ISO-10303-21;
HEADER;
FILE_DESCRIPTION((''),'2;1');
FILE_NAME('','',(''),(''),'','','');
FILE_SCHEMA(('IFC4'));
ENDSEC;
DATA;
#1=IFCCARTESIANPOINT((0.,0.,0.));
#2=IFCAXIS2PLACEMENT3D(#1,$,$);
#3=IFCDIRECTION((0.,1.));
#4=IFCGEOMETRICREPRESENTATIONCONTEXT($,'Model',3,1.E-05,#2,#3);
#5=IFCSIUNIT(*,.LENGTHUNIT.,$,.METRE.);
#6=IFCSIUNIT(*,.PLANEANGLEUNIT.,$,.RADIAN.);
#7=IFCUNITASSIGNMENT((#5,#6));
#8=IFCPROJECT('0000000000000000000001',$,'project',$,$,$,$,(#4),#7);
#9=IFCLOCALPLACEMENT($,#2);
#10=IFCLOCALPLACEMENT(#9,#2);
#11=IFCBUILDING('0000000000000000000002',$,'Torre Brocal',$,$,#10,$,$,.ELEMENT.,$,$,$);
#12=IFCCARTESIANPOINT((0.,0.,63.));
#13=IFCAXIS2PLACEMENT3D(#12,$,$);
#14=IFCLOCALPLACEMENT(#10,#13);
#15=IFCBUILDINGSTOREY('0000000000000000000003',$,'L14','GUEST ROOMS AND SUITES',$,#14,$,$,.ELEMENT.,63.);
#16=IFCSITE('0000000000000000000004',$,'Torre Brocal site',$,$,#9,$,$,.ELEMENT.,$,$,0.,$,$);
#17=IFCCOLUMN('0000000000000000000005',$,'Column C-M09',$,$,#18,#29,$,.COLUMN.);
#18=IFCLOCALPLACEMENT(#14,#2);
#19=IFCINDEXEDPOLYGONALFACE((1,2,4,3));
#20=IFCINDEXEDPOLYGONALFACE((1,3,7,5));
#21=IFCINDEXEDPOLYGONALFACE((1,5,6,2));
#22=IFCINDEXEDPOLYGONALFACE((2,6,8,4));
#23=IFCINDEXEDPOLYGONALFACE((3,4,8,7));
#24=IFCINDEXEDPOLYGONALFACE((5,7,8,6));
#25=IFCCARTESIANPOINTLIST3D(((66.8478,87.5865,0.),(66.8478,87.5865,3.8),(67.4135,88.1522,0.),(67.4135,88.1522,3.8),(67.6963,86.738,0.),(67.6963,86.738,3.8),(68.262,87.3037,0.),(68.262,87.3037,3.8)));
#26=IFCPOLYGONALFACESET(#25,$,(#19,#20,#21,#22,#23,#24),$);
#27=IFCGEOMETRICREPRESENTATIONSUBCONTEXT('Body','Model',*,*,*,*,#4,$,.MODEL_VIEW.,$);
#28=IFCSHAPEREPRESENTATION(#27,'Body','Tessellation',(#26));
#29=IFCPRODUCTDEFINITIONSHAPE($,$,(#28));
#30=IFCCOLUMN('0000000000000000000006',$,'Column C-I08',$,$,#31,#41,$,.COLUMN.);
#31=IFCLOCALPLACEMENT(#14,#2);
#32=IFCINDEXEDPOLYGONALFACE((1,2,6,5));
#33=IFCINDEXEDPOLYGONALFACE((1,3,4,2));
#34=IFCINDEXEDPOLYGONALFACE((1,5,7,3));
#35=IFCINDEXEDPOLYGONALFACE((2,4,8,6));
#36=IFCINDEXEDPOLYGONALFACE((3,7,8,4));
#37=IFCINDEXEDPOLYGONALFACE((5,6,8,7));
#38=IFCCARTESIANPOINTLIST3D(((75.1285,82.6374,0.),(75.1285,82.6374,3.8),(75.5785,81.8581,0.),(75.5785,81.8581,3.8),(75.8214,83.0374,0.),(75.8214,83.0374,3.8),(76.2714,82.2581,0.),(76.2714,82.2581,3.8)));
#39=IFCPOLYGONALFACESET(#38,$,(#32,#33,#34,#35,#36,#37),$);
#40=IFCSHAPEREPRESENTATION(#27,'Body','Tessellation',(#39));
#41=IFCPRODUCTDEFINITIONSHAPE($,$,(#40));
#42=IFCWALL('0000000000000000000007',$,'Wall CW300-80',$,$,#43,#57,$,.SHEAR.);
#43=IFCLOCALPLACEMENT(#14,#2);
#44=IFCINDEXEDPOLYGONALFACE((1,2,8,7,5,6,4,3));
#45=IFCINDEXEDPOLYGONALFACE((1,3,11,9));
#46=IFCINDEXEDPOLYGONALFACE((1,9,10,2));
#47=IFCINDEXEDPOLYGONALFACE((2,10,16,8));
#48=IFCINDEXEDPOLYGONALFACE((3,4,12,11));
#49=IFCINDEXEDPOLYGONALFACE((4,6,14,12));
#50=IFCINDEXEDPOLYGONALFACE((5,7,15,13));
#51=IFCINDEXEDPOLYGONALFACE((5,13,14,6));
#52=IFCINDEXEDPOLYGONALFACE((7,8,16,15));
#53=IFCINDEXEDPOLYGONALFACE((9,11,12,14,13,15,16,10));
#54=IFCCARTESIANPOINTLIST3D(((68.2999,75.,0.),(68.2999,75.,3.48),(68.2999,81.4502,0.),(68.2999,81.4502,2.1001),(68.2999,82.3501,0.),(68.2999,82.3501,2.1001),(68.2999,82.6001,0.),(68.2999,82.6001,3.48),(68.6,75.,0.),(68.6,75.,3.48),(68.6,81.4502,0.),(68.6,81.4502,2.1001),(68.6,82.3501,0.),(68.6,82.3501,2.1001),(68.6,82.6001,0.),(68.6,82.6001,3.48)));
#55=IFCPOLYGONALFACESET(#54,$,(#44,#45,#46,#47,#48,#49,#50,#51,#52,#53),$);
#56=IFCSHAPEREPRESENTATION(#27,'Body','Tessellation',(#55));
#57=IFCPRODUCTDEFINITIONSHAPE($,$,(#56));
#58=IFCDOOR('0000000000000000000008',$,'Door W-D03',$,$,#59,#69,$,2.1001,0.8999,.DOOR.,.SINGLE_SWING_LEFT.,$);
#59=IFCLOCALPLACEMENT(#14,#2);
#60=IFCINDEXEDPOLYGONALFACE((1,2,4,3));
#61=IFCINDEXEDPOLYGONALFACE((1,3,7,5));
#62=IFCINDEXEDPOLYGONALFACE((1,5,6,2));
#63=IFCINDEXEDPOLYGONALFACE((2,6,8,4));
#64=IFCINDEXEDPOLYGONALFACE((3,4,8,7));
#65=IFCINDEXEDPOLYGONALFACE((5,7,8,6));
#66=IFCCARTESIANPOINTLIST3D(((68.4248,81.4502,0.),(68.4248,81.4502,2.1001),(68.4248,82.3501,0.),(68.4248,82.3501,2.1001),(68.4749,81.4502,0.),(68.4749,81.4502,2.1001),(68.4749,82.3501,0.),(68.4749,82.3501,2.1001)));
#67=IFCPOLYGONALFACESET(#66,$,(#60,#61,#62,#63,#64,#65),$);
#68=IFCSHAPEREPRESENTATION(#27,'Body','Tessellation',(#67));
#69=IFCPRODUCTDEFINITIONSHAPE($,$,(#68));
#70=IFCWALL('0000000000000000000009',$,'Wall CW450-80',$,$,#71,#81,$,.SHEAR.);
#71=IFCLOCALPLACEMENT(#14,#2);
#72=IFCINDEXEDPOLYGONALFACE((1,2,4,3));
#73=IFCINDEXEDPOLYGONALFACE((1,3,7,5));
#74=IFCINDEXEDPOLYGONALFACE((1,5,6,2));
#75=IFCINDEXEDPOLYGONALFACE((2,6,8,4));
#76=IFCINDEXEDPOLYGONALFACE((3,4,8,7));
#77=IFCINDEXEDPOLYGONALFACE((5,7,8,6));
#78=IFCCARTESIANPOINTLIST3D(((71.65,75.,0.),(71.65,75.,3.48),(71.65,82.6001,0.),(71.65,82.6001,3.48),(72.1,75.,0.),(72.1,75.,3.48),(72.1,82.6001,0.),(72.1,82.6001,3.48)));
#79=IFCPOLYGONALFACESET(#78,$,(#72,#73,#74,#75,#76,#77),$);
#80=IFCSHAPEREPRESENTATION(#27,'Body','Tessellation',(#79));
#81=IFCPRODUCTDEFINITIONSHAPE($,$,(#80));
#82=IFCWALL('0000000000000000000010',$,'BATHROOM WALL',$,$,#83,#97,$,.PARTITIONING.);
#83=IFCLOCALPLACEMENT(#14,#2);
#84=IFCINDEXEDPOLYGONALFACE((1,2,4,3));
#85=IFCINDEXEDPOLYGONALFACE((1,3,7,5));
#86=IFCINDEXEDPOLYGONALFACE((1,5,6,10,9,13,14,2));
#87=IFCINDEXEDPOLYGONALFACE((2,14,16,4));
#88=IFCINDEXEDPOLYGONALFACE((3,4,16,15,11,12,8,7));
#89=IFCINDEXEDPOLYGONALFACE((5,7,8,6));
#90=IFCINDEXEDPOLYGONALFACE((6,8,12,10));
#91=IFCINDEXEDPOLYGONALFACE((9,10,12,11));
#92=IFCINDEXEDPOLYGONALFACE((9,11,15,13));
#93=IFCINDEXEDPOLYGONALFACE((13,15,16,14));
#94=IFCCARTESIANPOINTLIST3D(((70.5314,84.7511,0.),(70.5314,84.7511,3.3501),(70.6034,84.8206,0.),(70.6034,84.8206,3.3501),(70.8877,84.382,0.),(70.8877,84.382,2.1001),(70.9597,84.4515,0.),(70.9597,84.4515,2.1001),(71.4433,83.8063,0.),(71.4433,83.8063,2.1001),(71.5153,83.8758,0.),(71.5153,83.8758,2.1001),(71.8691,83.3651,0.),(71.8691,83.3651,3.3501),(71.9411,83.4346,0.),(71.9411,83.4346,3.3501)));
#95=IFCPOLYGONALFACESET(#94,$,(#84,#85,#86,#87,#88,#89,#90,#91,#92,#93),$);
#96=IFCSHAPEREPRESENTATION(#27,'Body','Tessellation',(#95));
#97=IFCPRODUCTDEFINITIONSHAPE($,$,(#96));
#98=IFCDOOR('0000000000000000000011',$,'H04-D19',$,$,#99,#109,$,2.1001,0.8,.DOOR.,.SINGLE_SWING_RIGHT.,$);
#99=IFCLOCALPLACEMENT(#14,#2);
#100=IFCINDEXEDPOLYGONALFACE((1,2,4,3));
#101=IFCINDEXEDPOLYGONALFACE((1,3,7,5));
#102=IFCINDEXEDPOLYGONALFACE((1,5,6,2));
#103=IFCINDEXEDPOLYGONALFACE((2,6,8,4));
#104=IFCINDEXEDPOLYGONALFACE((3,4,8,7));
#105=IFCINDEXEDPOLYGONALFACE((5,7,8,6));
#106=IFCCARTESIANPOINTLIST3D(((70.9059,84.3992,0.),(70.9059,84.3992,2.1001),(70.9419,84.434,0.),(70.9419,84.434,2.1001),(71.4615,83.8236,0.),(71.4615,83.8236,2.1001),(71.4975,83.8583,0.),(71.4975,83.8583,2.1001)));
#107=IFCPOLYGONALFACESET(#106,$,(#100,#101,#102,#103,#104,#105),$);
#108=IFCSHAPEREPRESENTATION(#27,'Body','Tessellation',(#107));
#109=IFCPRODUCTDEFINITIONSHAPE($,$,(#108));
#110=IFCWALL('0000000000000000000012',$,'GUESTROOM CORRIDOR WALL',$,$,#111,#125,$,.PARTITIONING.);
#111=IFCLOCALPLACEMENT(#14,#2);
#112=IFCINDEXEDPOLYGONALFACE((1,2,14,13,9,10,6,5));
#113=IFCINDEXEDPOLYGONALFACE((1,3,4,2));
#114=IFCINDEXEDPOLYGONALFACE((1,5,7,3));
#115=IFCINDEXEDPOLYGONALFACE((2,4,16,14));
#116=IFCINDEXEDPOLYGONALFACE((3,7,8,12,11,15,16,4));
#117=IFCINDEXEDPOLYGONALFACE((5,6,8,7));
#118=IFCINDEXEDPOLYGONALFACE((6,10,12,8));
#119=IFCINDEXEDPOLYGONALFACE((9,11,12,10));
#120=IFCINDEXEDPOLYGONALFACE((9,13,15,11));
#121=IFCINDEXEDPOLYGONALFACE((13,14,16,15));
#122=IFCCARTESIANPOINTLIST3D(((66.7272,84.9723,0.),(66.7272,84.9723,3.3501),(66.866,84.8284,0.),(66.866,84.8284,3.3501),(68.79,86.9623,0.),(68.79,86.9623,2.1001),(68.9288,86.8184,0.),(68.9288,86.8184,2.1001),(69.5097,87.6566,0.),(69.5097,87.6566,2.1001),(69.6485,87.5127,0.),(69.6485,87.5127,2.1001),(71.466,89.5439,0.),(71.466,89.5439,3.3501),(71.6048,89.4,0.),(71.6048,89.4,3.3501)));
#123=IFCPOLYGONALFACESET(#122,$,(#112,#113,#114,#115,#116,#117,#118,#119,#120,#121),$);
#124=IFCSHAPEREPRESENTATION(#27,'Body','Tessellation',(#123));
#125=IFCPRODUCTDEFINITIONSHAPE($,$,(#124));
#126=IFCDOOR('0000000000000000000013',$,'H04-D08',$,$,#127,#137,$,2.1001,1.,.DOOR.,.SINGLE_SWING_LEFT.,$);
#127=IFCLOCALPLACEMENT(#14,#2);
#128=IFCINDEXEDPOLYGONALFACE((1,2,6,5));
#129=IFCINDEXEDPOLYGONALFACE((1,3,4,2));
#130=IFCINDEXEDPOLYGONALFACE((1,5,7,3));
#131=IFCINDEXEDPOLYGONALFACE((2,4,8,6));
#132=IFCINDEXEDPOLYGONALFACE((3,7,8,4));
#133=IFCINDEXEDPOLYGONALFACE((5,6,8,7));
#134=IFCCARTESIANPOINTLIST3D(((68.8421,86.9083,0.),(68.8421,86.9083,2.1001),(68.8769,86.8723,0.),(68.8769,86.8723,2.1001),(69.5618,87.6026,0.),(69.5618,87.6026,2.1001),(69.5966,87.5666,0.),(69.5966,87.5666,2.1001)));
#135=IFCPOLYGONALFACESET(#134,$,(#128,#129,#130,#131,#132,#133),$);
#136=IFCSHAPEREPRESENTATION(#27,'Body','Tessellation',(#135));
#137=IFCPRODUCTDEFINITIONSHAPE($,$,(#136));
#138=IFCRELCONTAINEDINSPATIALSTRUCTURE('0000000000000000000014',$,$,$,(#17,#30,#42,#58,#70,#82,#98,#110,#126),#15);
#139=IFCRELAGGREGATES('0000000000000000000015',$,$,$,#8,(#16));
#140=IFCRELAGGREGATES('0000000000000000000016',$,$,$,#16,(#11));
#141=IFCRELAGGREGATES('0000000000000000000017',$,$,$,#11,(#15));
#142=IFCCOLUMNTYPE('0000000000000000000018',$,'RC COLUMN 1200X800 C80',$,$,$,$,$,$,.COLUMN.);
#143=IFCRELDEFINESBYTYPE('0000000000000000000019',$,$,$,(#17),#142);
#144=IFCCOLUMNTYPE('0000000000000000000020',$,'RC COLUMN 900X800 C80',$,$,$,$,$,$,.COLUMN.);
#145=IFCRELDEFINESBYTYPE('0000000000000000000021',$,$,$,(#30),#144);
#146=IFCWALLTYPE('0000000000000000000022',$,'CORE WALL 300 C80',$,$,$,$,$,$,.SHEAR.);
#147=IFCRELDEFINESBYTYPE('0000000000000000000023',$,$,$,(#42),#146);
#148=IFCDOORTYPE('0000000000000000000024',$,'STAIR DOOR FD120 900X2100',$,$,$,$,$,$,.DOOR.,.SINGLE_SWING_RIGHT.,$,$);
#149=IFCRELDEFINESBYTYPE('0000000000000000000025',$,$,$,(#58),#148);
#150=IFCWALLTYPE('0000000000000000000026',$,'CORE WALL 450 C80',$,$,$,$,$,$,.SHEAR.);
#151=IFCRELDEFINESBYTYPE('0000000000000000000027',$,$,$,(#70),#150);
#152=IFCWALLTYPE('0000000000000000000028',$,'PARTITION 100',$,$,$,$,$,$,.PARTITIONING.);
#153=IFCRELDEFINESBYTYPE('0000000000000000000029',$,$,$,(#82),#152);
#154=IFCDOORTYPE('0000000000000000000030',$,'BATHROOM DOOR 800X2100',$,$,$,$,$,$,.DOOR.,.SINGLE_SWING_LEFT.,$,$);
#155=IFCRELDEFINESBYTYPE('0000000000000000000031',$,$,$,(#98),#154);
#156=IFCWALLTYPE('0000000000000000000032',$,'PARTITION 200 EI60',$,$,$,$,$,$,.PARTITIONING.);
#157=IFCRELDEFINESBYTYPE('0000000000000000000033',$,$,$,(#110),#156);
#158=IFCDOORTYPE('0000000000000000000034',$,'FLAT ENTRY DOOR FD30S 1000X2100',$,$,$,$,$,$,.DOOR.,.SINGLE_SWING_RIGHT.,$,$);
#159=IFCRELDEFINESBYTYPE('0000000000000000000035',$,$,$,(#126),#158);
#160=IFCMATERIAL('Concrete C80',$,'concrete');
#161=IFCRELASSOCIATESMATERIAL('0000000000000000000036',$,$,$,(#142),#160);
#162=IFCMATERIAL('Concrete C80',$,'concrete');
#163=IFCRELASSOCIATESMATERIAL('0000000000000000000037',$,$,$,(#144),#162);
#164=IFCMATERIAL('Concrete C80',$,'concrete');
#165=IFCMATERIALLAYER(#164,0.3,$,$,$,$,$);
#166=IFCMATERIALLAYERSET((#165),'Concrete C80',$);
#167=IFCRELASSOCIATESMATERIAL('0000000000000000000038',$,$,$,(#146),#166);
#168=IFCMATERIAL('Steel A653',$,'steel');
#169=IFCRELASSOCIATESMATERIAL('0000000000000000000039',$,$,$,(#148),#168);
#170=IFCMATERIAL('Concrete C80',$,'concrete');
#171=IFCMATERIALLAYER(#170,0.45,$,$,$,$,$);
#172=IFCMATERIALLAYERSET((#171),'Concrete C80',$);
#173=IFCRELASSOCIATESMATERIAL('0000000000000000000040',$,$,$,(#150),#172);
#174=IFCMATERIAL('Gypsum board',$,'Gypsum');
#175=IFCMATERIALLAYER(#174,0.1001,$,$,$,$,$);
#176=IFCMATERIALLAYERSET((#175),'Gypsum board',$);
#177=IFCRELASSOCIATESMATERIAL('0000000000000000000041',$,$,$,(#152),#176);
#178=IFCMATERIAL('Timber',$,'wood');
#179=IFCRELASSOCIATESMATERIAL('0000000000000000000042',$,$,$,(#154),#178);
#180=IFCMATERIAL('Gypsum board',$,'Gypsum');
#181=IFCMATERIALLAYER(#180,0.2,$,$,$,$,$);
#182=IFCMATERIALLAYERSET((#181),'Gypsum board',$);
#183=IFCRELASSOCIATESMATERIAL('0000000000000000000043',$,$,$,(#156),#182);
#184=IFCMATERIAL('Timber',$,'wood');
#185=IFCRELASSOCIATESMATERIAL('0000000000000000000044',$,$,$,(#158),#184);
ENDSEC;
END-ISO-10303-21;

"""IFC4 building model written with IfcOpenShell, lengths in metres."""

from ifc_helpers import new_model, si_unit, direction, frame, frame_2d, origin, origin_2d, place, context, subcontext, project, spatial, rectangle, extrude, material, layer, layer_set, material_profile, profile_set, type_object, element, fill, save


model = new_model("IFC4")

# Units and contexts
model_context = context("Model", 3, precision=1e-05, world=origin(), true_north=direction((0.0, 1.0)))
body_context = subcontext(model_context, "Body", "Model", "MODEL_VIEW")
ifc_project = project(units=[si_unit("LENGTHUNIT", "METRE"), si_unit("PLANEANGLEUNIT", "RADIAN")], contexts=[model_context])

# Site, building, storey
site_placement = place(None, origin())
site = spatial("IfcSite", under=ifc_project, at=site_placement, Name="Torre Brocal site", CompositionType="ELEMENT", RefElevation=0.0)
building_placement = place(site_placement, origin())
building = spatial("IfcBuilding", under=site, at=building_placement, Name="Torre Brocal", CompositionType="ELEMENT")
storey_placement = place(building_placement, frame((0.0, 0.0, 63.0)))
storey = spatial("IfcBuildingStorey", under=building, at=storey_placement, Name="L14", Description="GUEST ROOMS AND SUITES", CompositionType="ELEMENT", Elevation=63.0)

# Columns
ifc_material_1 = material(Name="Concrete C80", Category="concrete")
ifc_material_profile_1 = material_profile(ifc_material_1, rectangle(XDim=1.2, YDim=0.8, at=origin_2d()), Name="RC 1200X800")
ifc_profile_set_1 = profile_set([ifc_material_profile_1], Name="Concrete C80")
column_type_1 = type_object("IfcColumnType", Name="RC COLUMN 1200X800 C80", PredefinedType="COLUMN", material=ifc_profile_set_1)
column_1_placement = place(storey_placement, frame((67.5549, 87.4451, 0.0), z_axis=(0.0, 0.0, 1.0), x_axis=(-0.707107, 0.707107, 0.0)))
element("IfcColumn", 1, at=column_1_placement, inside=storey, type_object=column_type_1, Name="Column C-M09", PredefinedType="COLUMN", context=body_context, shape_type="SweptSolid", body=[
    extrude(rectangle(XDim=1.2, YDim=0.8, at=origin_2d()), origin(), (0.0, 0.0, 1.0), 3.8),
])
ifc_material_2 = material(Name="Concrete C80", Category="concrete")
ifc_material_profile_2 = material_profile(ifc_material_2, rectangle(XDim=0.8999, YDim=0.8, at=origin_2d()), Name="RC 900X800")
ifc_profile_set_2 = profile_set([ifc_material_profile_2], Name="Concrete C80")
column_type_2 = type_object("IfcColumnType", Name="RC COLUMN 900X800 C80", PredefinedType="COLUMN", material=ifc_profile_set_2)
column_2_placement = place(storey_placement, frame((75.7, 82.4478, 0.0), z_axis=(0.0, 0.0, 1.0), x_axis=(-0.5, 0.866025, 0.0)))
element("IfcColumn", 2, at=column_2_placement, inside=storey, type_object=column_type_2, Name="Column C-I08", PredefinedType="COLUMN", context=body_context, shape_type="SweptSolid", body=[
    extrude(rectangle(XDim=0.8999, YDim=0.8, at=origin_2d()), origin(), (0.0, 0.0, 1.0), 3.8),
])

# Wall, opening, door
ifc_material_3 = material(Name="Concrete C80", Category="concrete")
ifc_layer_1 = layer(ifc_material_3, 0.3)
ifc_layer_set_1 = layer_set([ifc_layer_1], Name="Concrete C80")
wall_type_1 = type_object("IfcWallType", Name="CORE WALL 300 C80", PredefinedType="SHEAR", material=ifc_layer_set_1)
wall_1_placement = place(storey_placement, frame((68.45, 82.6001, 0.0), z_axis=(0.0, 0.0, 1.0), x_axis=(0.0, -1.0, 0.0)))
wall_1 = element("IfcWall", 3, at=wall_1_placement, inside=storey, type_object=wall_type_1, Name="Wall CW300-80", PredefinedType="SHEAR", context=body_context, shape_type="SweptSolid", body=[
    extrude(rectangle(XDim=7.6001, YDim=0.3, at=frame_2d((3.8, 0.0))), origin(), (0.0, 0.0, 1.0), 3.48),
])
opening_1_placement = place(wall_1_placement, frame((0.25, 0.0, 0.0)))
opening_1 = element("IfcOpeningElement", 4, at=opening_1_placement, cuts=wall_1, PredefinedType="OPENING", context=body_context, shape_type="SweptSolid", body=[
    extrude(rectangle(XDim=0.8999, YDim=2.1001, at=frame_2d((0.45, 1.05))), frame((0.0, 0.1599, 0.0), z_axis=(0.0, -1.0, 0.0), x_axis=(1.0, 0.0, 0.0)), (0.0, 0.0, 1.0), 0.3201),
])
ifc_material_4 = material(Name="Steel A653", Category="steel")
door_type_1 = type_object("IfcDoorType", Name="STAIR DOOR FD120 900X2100", OperationType="SINGLE_SWING_RIGHT", PredefinedType="DOOR", material=ifc_material_4)
door_1_placement = place(opening_1_placement, origin())
door_1 = element("IfcDoor", 5, at=door_1_placement, inside=storey, type_object=door_type_1, Name="Door W-D03", OperationType="SINGLE_SWING_LEFT", OverallHeight=2.1001, OverallWidth=0.8999, PredefinedType="DOOR", context=body_context, shape_type="SweptSolid", body=[
    extrude(rectangle(XDim=0.8999, YDim=2.1001, at=frame_2d((0.45, 1.05))), frame((0.0, 0.0249, 0.0), z_axis=(0.0, -1.0, 0.0), x_axis=(1.0, 0.0, 0.0)), (0.0, 0.0, 1.0), 0.05),
])
fill(opening_1, door_1)

# Wall
ifc_material_5 = material(Name="Concrete C80", Category="concrete")
ifc_layer_2 = layer(ifc_material_5, 0.45)
ifc_layer_set_2 = layer_set([ifc_layer_2], Name="Concrete C80")
wall_type_2 = type_object("IfcWallType", Name="CORE WALL 450 C80", PredefinedType="SHEAR", material=ifc_layer_set_2)
wall_2_placement = place(storey_placement, frame((71.875, 82.6001, 0.0), z_axis=(0.0, 0.0, 1.0), x_axis=(0.0, -1.0, 0.0)))
element("IfcWall", 6, at=wall_2_placement, inside=storey, type_object=wall_type_2, Name="Wall CW450-80", PredefinedType="SHEAR", context=body_context, shape_type="SweptSolid", body=[
    extrude(rectangle(XDim=7.6001, YDim=0.45, at=frame_2d((3.8, 0.0))), origin(), (0.0, 0.0, 1.0), 3.48),
])

# Walls, openings, doors
ifc_material_6 = material(Name="Gypsum board", Category="Gypsum")
ifc_layer_3 = layer(ifc_material_6, 0.1001)
ifc_layer_set_3 = layer_set([ifc_layer_3], Name="Gypsum board")
wall_type_3 = type_object("IfcWallType", Name="PARTITION 100", PredefinedType="PARTITIONING", material=ifc_layer_set_3)
wall_3_placement = place(storey_placement, frame((70.5674, 84.7859, 0.0), z_axis=(0.0, 0.0, 1.0), x_axis=(0.694447, -0.719543, 0.0)))
wall_3 = element("IfcWall", 7, at=wall_3_placement, inside=storey, type_object=wall_type_3, Name="BATHROOM WALL", PredefinedType="PARTITIONING", context=body_context, shape_type="SweptSolid", body=[
    extrude(rectangle(XDim=1.9263, YDim=0.1001, at=frame_2d((0.9631, 0.0))), origin(), (0.0, 0.0, 1.0), 3.3501),
])
opening_2_placement = place(wall_3_placement, frame((0.5132, 0.0, 0.0)))
opening_2 = element("IfcOpeningElement", 8, at=opening_2_placement, cuts=wall_3, PredefinedType="OPENING", context=body_context, shape_type="SweptSolid", body=[
    extrude(rectangle(XDim=0.8, YDim=2.1001, at=frame_2d((0.3999, 1.05))), frame((0.0, 0.0601, 0.0), z_axis=(0.0, -1.0, 0.0), x_axis=(1.0, 0.0, 0.0)), (0.0, 0.0, 1.0), 0.1201),
])
ifc_material_7 = material(Name="Timber", Category="wood")
door_type_2 = type_object("IfcDoorType", Name="BATHROOM DOOR 800X2100", OperationType="SINGLE_SWING_LEFT", PredefinedType="DOOR", material=ifc_material_7)
door_2_placement = place(opening_2_placement, frame((0.8, 0.0, 0.0), z_axis=(0.0, 0.0, 1.0), x_axis=(-1.0, 0.0, 0.0)))
door_2 = element("IfcDoor", 9, at=door_2_placement, inside=storey, type_object=door_type_2, Name="H04-D19", OperationType="SINGLE_SWING_RIGHT", OverallHeight=2.1001, OverallWidth=0.8, PredefinedType="DOOR", context=body_context, shape_type="SweptSolid", body=[
    extrude(rectangle(XDim=0.8, YDim=2.1001, at=frame_2d((0.3999, 1.05))), frame((0.0, 0.0249, 0.0), z_axis=(0.0, -1.0, 0.0), x_axis=(1.0, 0.0, 0.0)), (0.0, 0.0, 1.0), 0.05),
])
fill(opening_2, door_2)
ifc_material_8 = material(Name="Gypsum board", Category="Gypsum")
ifc_layer_4 = layer(ifc_material_8, 0.2)
ifc_layer_set_4 = layer_set([ifc_layer_4], Name="Gypsum board")
wall_type_4 = type_object("IfcWallType", Name="PARTITION 200 EI60", PredefinedType="PARTITIONING", material=ifc_layer_set_4)
wall_4_placement = place(storey_placement, frame((66.7966, 84.9004, 0.0), z_axis=(0.0, 0.0, 1.0), x_axis=(0.719692, 0.694293, 0.0)))
wall_4 = element("IfcWall", 10, at=wall_4_placement, inside=storey, type_object=wall_type_4, Name="GUESTROOM CORRIDOR WALL", PredefinedType="PARTITIONING", context=body_context, shape_type="SweptSolid", body=[
    extrude(rectangle(XDim=6.5845, YDim=0.2, at=frame_2d((3.2922, 0.0))), origin(), (0.0, 0.0, 1.0), 3.3501),
])
opening_3_placement = place(wall_4_placement, frame((2.8662, 0.0, 0.0)))
opening_3 = element("IfcOpeningElement", 11, at=opening_3_placement, cuts=wall_4, PredefinedType="OPENING", context=body_context, shape_type="SweptSolid", body=[
    extrude(rectangle(XDim=1.0, YDim=2.1001, at=frame_2d((0.5, 1.05))), frame((0.0, 0.1099, 0.0), z_axis=(0.0, -1.0, 0.0), x_axis=(1.0, 0.0, 0.0)), (0.0, 0.0, 1.0), 0.22),
])
ifc_material_9 = material(Name="Timber", Category="wood")
door_type_3 = type_object("IfcDoorType", Name="FLAT ENTRY DOOR FD30S 1000X2100", OperationType="SINGLE_SWING_RIGHT", PredefinedType="DOOR", material=ifc_material_9)
door_3_placement = place(opening_3_placement, origin())
door_3 = element("IfcDoor", 12, at=door_3_placement, inside=storey, type_object=door_type_3, Name="H04-D08", OperationType="SINGLE_SWING_LEFT", OverallHeight=2.1001, OverallWidth=1.0, PredefinedType="DOOR", context=body_context, shape_type="SweptSolid", body=[
    extrude(rectangle(XDim=1.0, YDim=2.1001, at=frame_2d((0.5, 1.05))), frame((0.0, 0.0249, 0.0), z_axis=(0.0, -1.0, 0.0), x_axis=(1.0, 0.0, 0.0)), (0.0, 0.0, 1.0), 0.05),
])
fill(opening_3, door_3)

save(model, "model.ifc")
